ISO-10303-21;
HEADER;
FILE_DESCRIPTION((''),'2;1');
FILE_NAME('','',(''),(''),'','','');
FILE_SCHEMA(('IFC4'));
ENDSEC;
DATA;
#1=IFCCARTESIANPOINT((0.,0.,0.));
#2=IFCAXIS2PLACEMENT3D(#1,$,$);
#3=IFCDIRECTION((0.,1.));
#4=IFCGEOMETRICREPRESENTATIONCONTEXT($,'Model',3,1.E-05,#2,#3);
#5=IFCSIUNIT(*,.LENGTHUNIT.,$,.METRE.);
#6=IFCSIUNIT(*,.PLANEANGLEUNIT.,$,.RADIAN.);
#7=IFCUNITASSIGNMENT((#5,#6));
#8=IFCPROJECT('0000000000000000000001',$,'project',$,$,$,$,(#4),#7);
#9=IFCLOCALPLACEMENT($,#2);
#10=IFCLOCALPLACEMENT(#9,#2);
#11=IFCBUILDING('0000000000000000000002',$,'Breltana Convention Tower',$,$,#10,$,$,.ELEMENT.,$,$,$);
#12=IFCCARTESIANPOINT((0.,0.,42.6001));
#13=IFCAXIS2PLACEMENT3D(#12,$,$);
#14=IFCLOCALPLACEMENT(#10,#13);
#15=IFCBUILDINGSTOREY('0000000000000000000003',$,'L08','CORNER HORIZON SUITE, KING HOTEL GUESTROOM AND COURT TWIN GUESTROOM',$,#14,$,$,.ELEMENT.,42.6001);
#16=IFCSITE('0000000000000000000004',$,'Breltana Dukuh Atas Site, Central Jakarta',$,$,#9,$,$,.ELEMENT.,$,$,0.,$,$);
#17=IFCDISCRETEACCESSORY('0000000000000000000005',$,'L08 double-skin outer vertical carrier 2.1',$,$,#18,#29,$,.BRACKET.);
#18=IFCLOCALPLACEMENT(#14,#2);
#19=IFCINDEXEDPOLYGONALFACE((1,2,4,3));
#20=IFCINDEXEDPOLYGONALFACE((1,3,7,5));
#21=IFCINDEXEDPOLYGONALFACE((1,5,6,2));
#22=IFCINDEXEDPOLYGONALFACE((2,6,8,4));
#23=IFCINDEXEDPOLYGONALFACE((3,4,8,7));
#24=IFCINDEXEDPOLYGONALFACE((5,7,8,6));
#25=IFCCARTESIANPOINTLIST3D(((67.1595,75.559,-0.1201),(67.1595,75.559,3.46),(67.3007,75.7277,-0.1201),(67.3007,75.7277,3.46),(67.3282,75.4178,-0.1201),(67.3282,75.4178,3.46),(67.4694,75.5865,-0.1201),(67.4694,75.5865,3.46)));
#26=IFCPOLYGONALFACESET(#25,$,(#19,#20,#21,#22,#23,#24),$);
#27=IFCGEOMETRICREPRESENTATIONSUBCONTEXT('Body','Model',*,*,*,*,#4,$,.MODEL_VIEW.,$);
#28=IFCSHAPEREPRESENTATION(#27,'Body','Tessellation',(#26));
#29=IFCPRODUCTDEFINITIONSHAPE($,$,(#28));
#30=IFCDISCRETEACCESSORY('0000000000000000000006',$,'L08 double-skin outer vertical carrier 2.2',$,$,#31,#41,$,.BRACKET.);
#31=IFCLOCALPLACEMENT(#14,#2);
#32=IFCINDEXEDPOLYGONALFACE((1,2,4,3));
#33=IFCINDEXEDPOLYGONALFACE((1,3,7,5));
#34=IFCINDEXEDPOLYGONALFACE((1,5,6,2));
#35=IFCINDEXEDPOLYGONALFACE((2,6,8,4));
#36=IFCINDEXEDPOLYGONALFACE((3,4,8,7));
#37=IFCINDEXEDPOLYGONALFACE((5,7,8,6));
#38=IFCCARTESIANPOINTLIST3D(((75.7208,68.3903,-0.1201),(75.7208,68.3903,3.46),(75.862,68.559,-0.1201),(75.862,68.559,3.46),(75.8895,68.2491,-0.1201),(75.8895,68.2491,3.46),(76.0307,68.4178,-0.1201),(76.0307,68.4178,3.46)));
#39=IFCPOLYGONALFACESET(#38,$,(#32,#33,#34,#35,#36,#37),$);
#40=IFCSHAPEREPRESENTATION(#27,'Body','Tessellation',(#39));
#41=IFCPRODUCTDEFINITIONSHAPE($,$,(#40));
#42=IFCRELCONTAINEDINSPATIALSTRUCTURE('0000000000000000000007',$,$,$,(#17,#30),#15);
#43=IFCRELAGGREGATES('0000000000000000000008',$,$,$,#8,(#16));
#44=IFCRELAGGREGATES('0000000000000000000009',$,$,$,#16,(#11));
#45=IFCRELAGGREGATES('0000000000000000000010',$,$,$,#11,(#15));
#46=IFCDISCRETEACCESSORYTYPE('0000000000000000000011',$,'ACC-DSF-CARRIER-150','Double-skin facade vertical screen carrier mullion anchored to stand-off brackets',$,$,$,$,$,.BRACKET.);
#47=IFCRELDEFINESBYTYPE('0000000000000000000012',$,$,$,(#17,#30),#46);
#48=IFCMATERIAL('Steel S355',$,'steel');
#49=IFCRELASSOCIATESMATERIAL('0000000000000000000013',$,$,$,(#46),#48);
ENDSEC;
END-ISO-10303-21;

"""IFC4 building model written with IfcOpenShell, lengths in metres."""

from ifc_helpers import new_model, si_unit, direction, frame, origin, origin_2d, place, context, subcontext, project, spatial, rectangle, extrude, source, transform, mapped, material, type_object, element, save


model = new_model("IFC4")

# Units and contexts
model_context = context("Model", 3, precision=1e-05, world=origin(), true_north=direction((0.0, 1.0)))
body_context = subcontext(model_context, "Body", "Model", "MODEL_VIEW")
ifc_project = project(units=[si_unit("LENGTHUNIT", "METRE"), si_unit("PLANEANGLEUNIT", "RADIAN")], contexts=[model_context])

# Site, building, storey
site_placement = place(None, origin())
site = spatial("IfcSite", under=ifc_project, at=site_placement, Name="Breltana Dukuh Atas Site, Central Jakarta", CompositionType="ELEMENT", RefElevation=0.0)
building_placement = place(site_placement, origin())
building = spatial("IfcBuilding", under=site, at=building_placement, Name="Breltana Convention Tower", CompositionType="ELEMENT")
storey_placement = place(building_placement, frame((0.0, 0.0, 42.6001)))
storey = spatial("IfcBuildingStorey", under=building, at=storey_placement, Name="L08", Description="CORNER HORIZON SUITE, KING HOTEL GUESTROOM AND COURT TWIN GUESTROOM", CompositionType="ELEMENT", Elevation=42.6001)

# Discrete accessories
ifc_material_1 = material(Name="Steel S355", Category="steel")
discrete_accessory_type_1 = type_object("IfcDiscreteAccessoryType", Name="ACC-DSF-CARRIER-150", Description="Double-skin facade vertical screen carrier mullion anchored to stand-off brackets", PredefinedType="BRACKET", material=ifc_material_1)
shared_shape_1 = source(origin(), body_context, "Body", "SweptSolid", [
    extrude(rectangle(XDim=0.22, YDim=0.22, at=origin_2d()), origin(), (0.0, 0.0, 1.0), 3.5801),
])
for number, where, z_axis, x_axis, name in (
    (1, (67.3145, 75.5728, -0.1201), (0.0, 0.0, 1.0), (0.64199, 0.766713, 0.0), "L08 double-skin outer vertical carrier 2.1"),
    (2, (75.8757, 68.4041, -0.1201), (0.0, 0.0, 1.0), (0.64199, 0.766713, 0.0), "L08 double-skin outer vertical carrier 2.2"),
):
    element("IfcDiscreteAccessory", number, at=place(storey_placement, frame(where, z_axis=z_axis, x_axis=x_axis)), inside=storey, type_object=discrete_accessory_type_1, Name=name, PredefinedType="BRACKET", context=body_context, shape_type="MappedRepresentation", body=[
        mapped(shared_shape_1, transform((0.0, 0.0, 0.0), scale=1.0)),
    ])

save(model, "model.ifc")
